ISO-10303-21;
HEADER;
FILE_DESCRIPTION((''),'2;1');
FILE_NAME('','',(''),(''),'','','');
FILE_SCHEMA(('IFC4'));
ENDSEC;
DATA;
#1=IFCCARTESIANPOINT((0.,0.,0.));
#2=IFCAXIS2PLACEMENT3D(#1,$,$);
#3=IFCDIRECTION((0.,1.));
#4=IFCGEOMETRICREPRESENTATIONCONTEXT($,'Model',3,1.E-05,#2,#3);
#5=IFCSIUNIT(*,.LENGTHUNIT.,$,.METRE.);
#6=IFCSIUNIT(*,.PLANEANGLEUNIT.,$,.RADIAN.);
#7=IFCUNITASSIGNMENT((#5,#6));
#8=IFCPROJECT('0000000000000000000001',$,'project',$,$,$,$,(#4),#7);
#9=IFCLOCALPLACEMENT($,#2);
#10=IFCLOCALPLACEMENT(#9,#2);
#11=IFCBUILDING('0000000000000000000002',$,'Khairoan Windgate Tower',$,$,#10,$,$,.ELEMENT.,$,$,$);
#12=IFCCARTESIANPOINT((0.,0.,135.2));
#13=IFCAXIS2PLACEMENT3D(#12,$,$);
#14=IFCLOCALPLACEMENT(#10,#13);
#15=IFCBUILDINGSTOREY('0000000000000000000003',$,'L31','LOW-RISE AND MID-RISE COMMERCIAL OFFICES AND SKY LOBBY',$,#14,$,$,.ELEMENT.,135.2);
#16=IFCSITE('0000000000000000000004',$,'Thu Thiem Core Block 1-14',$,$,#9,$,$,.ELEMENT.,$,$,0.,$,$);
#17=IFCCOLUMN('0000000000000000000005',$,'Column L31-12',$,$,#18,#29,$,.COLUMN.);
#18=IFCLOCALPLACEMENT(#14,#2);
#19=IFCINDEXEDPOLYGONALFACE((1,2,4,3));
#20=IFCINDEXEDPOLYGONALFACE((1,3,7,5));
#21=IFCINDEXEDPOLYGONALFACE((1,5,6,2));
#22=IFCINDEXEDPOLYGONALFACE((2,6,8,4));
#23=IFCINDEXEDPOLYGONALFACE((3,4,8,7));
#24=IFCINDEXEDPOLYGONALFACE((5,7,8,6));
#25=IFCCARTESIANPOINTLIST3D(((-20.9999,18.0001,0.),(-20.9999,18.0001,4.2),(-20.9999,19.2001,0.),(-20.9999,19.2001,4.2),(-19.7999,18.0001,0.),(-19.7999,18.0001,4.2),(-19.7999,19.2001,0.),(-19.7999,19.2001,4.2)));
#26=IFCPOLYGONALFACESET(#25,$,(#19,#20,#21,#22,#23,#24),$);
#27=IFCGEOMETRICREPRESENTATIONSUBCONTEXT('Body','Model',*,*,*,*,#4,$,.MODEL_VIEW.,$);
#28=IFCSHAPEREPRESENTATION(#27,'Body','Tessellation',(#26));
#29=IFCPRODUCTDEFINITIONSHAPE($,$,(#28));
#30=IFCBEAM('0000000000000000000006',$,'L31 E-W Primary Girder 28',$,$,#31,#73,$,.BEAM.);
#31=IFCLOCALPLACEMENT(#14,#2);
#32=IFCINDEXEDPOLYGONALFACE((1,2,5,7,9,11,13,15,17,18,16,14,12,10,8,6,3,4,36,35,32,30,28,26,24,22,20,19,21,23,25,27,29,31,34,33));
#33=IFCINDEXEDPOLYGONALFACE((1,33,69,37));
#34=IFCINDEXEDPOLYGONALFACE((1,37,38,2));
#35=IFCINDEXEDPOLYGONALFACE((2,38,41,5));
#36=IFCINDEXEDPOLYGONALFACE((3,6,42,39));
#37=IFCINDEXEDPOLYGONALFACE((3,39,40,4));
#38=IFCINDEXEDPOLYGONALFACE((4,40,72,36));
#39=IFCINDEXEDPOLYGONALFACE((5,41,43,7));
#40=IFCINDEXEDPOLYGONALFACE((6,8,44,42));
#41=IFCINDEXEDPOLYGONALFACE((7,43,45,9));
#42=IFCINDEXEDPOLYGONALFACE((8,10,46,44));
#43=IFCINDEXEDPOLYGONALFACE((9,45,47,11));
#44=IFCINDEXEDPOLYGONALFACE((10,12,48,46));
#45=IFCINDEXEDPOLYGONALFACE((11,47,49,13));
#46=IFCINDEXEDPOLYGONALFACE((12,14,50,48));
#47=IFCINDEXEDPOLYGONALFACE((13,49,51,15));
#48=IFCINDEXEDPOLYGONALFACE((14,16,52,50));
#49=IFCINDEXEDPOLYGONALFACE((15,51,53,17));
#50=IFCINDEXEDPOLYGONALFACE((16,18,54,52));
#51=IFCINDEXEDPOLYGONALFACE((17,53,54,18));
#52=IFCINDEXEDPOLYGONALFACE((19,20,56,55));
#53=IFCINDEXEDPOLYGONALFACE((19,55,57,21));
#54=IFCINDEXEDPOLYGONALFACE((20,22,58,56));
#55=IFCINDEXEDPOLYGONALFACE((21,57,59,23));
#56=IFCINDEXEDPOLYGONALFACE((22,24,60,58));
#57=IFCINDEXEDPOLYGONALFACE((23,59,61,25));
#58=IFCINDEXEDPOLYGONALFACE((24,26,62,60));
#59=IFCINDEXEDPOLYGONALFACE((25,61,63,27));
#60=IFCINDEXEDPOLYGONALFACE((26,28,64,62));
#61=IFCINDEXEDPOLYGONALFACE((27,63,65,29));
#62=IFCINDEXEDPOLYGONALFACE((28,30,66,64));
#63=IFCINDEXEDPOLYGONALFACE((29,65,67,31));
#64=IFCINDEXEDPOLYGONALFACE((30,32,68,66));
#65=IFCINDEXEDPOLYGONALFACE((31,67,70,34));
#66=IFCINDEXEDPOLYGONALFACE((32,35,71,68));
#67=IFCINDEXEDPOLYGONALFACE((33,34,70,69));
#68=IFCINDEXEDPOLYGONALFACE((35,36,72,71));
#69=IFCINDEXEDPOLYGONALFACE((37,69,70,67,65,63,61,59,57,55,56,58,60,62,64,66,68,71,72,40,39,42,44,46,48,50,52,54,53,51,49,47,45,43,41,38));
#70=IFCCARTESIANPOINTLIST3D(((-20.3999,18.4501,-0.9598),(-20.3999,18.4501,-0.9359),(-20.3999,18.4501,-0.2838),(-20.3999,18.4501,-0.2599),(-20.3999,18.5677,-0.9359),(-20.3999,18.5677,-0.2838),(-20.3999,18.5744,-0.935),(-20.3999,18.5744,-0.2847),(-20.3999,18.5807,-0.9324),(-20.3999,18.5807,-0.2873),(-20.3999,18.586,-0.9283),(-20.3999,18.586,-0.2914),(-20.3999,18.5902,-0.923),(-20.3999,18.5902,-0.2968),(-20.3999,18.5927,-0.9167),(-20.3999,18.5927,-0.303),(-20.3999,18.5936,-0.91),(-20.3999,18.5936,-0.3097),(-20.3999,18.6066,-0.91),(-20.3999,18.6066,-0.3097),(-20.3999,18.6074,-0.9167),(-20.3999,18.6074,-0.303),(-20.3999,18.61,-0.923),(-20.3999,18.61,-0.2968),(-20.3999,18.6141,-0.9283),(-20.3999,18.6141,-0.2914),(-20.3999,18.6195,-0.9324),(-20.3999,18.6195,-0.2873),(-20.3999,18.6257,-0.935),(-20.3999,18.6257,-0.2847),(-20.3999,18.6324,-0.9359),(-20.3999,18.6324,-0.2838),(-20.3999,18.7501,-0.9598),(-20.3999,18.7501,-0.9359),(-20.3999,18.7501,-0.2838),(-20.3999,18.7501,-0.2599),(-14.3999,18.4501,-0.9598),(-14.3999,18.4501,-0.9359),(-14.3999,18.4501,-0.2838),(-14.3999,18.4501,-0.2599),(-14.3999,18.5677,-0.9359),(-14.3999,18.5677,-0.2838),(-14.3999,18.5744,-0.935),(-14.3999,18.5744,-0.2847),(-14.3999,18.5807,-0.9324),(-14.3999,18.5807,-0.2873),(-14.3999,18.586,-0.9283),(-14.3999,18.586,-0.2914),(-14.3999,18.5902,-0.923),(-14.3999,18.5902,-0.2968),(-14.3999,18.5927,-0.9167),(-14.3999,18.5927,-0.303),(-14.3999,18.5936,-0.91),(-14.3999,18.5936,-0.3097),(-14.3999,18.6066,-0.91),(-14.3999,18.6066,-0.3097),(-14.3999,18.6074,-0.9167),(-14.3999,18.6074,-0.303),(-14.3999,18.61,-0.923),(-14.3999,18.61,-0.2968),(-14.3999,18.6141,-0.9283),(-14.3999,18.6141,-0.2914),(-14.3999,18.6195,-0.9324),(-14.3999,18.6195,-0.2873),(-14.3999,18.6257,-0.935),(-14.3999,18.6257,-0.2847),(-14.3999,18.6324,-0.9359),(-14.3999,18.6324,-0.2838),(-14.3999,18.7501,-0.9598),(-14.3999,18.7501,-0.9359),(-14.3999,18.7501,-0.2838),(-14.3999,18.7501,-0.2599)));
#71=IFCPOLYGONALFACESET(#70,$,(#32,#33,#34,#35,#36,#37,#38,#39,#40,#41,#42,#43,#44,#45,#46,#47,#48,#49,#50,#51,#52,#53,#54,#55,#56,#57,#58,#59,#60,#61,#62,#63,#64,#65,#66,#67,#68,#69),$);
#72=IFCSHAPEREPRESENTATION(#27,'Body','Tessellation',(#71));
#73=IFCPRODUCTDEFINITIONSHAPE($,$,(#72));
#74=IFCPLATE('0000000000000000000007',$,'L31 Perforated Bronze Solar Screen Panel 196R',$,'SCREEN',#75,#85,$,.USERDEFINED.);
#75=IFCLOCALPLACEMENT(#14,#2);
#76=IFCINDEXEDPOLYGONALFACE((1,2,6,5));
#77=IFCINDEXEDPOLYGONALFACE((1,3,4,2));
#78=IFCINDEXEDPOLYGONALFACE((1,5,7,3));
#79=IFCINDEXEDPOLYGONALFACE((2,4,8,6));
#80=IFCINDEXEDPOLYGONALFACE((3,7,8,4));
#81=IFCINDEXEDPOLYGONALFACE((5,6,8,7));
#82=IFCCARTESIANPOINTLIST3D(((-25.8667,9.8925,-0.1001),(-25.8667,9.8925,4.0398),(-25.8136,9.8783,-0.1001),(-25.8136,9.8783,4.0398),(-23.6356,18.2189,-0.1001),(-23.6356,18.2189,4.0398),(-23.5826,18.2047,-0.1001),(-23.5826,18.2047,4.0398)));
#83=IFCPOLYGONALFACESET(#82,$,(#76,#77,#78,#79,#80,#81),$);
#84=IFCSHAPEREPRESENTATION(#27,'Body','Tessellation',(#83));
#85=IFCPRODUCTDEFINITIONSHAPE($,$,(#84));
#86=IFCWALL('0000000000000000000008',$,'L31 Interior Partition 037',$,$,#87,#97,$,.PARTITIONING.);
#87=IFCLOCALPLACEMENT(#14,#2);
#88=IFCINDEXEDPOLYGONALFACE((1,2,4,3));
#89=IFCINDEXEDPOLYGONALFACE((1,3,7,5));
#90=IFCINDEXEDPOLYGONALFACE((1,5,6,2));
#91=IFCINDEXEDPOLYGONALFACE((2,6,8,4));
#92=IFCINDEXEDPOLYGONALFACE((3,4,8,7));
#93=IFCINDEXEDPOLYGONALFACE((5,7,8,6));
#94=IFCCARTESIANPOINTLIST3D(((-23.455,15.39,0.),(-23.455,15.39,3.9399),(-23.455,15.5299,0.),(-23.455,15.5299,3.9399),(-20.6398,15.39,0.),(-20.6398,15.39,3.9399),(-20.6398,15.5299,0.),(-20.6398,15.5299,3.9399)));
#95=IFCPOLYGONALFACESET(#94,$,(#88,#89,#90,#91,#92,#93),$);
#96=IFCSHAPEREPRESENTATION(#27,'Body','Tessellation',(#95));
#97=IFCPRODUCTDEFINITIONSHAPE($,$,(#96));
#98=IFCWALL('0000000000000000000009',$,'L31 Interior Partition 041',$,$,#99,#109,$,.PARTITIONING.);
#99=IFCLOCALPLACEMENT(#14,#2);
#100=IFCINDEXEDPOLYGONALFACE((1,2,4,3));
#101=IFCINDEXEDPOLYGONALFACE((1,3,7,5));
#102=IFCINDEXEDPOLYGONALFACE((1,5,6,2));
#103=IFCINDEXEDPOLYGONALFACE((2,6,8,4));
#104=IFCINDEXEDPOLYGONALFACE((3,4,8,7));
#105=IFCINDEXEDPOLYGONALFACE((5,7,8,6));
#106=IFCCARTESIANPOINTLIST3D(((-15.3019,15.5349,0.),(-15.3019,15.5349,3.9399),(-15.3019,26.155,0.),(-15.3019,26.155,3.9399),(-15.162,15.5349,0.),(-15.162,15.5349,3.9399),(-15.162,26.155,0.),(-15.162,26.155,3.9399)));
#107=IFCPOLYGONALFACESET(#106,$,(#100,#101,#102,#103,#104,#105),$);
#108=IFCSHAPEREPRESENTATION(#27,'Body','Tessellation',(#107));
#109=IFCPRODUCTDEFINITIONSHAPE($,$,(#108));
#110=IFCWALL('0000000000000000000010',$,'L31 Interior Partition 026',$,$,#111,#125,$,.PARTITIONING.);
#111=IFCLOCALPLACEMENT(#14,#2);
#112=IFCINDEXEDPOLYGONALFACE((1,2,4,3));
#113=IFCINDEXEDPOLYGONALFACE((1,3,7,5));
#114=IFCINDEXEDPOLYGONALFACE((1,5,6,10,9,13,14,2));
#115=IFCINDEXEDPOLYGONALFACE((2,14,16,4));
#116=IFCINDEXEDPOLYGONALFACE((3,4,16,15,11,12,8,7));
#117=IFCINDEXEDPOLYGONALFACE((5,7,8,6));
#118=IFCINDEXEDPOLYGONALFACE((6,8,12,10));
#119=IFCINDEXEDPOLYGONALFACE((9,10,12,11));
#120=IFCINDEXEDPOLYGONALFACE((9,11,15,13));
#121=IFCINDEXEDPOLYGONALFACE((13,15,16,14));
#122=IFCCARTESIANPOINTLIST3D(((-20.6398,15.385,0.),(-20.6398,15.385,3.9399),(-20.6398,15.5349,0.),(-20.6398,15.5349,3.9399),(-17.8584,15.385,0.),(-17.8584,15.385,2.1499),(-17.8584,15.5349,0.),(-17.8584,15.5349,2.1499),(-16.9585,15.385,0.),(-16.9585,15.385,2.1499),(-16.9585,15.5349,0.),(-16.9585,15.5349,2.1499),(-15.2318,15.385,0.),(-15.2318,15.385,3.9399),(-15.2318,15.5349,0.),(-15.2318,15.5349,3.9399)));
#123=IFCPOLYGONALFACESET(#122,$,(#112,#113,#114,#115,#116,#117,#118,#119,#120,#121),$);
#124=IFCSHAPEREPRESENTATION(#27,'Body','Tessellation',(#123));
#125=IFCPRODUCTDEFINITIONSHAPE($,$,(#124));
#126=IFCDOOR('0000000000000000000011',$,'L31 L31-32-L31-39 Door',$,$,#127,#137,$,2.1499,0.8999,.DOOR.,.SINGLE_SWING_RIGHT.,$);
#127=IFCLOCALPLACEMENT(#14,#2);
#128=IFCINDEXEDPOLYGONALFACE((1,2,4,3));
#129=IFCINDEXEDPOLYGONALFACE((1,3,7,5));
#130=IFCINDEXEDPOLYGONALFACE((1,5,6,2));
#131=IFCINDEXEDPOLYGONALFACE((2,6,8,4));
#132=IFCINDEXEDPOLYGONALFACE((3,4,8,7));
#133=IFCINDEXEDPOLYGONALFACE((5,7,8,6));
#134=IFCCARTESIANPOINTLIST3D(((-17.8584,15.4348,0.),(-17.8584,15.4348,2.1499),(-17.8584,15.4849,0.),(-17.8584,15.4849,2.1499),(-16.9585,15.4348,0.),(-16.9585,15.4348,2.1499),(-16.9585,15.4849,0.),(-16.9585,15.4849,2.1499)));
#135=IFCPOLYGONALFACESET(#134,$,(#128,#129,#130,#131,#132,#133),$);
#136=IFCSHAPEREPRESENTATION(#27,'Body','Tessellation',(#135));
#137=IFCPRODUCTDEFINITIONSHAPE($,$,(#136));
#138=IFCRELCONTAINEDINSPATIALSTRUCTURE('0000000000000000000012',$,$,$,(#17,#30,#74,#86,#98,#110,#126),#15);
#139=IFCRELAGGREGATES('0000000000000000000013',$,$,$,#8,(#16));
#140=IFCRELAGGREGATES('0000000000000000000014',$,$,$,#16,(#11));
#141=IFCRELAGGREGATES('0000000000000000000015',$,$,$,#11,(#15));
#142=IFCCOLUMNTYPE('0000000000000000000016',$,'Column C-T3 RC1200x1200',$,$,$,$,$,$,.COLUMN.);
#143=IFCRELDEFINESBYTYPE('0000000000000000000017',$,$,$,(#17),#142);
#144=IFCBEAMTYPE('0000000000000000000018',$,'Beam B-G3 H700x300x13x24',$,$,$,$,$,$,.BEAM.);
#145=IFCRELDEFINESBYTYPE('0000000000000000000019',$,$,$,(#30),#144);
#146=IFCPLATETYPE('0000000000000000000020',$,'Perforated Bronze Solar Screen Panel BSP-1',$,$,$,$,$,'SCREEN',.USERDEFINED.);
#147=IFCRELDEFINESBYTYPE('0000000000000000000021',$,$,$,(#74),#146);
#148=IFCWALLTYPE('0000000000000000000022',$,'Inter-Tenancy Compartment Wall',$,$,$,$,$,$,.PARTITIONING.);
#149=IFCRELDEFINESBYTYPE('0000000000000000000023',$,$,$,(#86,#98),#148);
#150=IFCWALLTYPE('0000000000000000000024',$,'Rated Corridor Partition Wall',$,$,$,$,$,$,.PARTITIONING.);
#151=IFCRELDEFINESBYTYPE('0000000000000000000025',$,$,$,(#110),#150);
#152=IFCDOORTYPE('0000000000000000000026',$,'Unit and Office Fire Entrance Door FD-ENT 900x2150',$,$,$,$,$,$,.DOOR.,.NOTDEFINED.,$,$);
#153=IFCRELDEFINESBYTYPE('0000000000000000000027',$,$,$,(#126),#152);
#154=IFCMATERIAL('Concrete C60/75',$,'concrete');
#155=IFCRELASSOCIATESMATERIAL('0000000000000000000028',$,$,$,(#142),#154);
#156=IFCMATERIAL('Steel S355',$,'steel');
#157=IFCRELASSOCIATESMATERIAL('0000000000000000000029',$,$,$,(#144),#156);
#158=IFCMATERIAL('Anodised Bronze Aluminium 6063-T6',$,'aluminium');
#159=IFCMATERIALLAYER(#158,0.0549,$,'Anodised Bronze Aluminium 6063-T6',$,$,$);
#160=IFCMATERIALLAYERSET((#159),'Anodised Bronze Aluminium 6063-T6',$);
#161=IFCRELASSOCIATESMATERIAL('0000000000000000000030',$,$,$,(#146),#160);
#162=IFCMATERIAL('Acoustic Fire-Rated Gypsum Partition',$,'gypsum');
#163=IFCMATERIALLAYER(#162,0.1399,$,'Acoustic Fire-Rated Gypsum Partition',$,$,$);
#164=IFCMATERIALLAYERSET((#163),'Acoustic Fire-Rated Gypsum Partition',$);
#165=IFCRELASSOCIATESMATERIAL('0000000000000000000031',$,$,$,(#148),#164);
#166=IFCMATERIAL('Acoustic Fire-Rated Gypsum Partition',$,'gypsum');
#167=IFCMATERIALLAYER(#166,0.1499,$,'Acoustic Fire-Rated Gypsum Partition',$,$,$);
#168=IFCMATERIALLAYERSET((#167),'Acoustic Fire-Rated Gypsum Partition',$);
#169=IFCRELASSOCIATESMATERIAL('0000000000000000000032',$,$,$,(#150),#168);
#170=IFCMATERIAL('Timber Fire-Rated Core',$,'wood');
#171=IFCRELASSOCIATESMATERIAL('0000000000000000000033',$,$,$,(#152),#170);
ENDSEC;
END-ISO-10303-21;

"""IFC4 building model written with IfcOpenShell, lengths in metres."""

from ifc_helpers import new_model, si_unit, direction, frame, frame_2d, origin, origin_2d, place, context, subcontext, project, spatial, rectangle, i_section, extrude, material, layer, layer_set, material_profile, profile_set, type_object, element, fill, save


model = new_model("IFC4")

# Units and contexts
model_context = context("Model", 3, precision=1e-05, world=origin(), true_north=direction((0.0, 1.0)))
body_context = subcontext(model_context, "Body", "Model", "MODEL_VIEW")
ifc_project = project(units=[si_unit("LENGTHUNIT", "METRE"), si_unit("PLANEANGLEUNIT", "RADIAN")], contexts=[model_context])

# Site, building, storey
site_placement = place(None, origin())
site = spatial("IfcSite", under=ifc_project, at=site_placement, Name="Thu Thiem Core Block 1-14", CompositionType="ELEMENT", RefElevation=0.0)
building_placement = place(site_placement, origin())
building = spatial("IfcBuilding", under=site, at=building_placement, Name="Khairoan Windgate Tower", CompositionType="ELEMENT")
storey_placement = place(building_placement, frame((0.0, 0.0, 135.2)))
storey = spatial("IfcBuildingStorey", under=building, at=storey_placement, Name="L31", Description="LOW-RISE AND MID-RISE COMMERCIAL OFFICES AND SKY LOBBY", CompositionType="ELEMENT", Elevation=135.2)

# Column
ifc_material_1 = material(Name="Concrete C60/75", Category="concrete")
ifc_material_profile_1 = material_profile(ifc_material_1, rectangle(XDim=1.2, YDim=1.2, at=origin_2d()))
ifc_profile_set_1 = profile_set([ifc_material_profile_1], Name="Concrete C60/75")
column_type = type_object("IfcColumnType", Name="Column C-T3 RC1200x1200", PredefinedType="COLUMN", material=ifc_profile_set_1)
column_placement = place(storey_placement, frame((-20.3999, 18.6001, 0.0), z_axis=(0.0, 0.0, 1.0), x_axis=(1.0, 0.0, 0.0)))
element("IfcColumn", 1, at=column_placement, inside=storey, type_object=column_type, Name="Column L31-12", PredefinedType="COLUMN", context=body_context, shape_type="SweptSolid", body=[
    extrude(rectangle(XDim=1.2, YDim=1.2, at=origin_2d()), origin(), (0.0, 0.0, 1.0), 4.2),
])

# Beam
ifc_material_2 = material(Name="Steel S355", Category="steel")
ifc_material_profile_2 = material_profile(ifc_material_2, i_section(OverallWidth=0.3, OverallDepth=0.7, WebThickness=0.0129, FlangeThickness=0.0239, FilletRadius=0.0259, at=origin_2d()))
ifc_profile_set_2 = profile_set([ifc_material_profile_2], Name="Steel S355")
beam_type = type_object("IfcBeamType", Name="Beam B-G3 H700x300x13x24", PredefinedType="BEAM", material=ifc_profile_set_2)
beam_placement = place(storey_placement, frame((-20.3999, 18.6001, -0.6099), z_axis=(1.0, 0.0, 0.0), x_axis=(0.0, 1.0, 0.0)))
element("IfcBeam", 2, at=beam_placement, inside=storey, type_object=beam_type, Name="L31 E-W Primary Girder 28", PredefinedType="BEAM", context=body_context, shape_type="SweptSolid", body=[
    extrude(i_section(OverallWidth=0.3, OverallDepth=0.7, WebThickness=0.0129, FlangeThickness=0.0239, FilletRadius=0.0259, at=origin_2d()), origin(), (0.0, 0.0, 1.0), 6.0),
])

# Plate
ifc_material_3 = material(Name="Anodised Bronze Aluminium 6063-T6", Category="aluminium")
ifc_layer_1 = layer(ifc_material_3, 0.0549, Name="Anodised Bronze Aluminium 6063-T6")
ifc_layer_set_1 = layer_set([ifc_layer_1], Name="Anodised Bronze Aluminium 6063-T6")
plate_type = type_object("IfcPlateType", Name="Perforated Bronze Solar Screen Panel BSP-1", ElementType="SCREEN", PredefinedType="USERDEFINED", material=ifc_layer_set_1)
plate_placement = place(storey_placement, frame((-24.7246, 14.0486, -0.1001), z_axis=(0.0, 0.0, 1.0), x_axis=(0.258819, 0.965926, 0.0)))
element("IfcPlate", 3, at=plate_placement, inside=storey, type_object=plate_type, Name="L31 Perforated Bronze Solar Screen Panel 196R", ObjectType="SCREEN", PredefinedType="USERDEFINED", context=body_context, shape_type="SweptSolid", body=[
    extrude(rectangle(XDim=8.6201, YDim=0.0549, at=origin_2d()), origin(), (0.0, 0.0, 1.0), 4.1399),
])

# Walls
ifc_material_4 = material(Name="Acoustic Fire-Rated Gypsum Partition", Category="gypsum")
ifc_layer_2 = layer(ifc_material_4, 0.1399, Name="Acoustic Fire-Rated Gypsum Partition")
ifc_layer_set_2 = layer_set([ifc_layer_2], Name="Acoustic Fire-Rated Gypsum Partition")
wall_type_1 = type_object("IfcWallType", Name="Inter-Tenancy Compartment Wall", PredefinedType="PARTITIONING", material=ifc_layer_set_2)
wall_1_placement = place(storey_placement, frame((-23.4551, 15.46, 0.0), z_axis=(0.0, 0.0, 1.0), x_axis=(1.0, 0.0, 0.0)))
element("IfcWall", 4, at=wall_1_placement, inside=storey, type_object=wall_type_1, Name="L31 Interior Partition 037", PredefinedType="PARTITIONING", context=body_context, shape_type="SweptSolid", body=[
    extrude(rectangle(XDim=2.8152, YDim=0.1399, at=frame_2d((1.4077, 0.0))), origin(), (0.0, 0.0, 1.0), 3.9399),
])
wall_2_placement = place(storey_placement, frame((-15.2319, 15.5349, 0.0), z_axis=(0.0, 0.0, 1.0), x_axis=(0.0, 1.0, 0.0)))
element("IfcWall", 5, at=wall_2_placement, inside=storey, type_object=wall_type_1, Name="L31 Interior Partition 041", PredefinedType="PARTITIONING", context=body_context, shape_type="SweptSolid", body=[
    extrude(rectangle(XDim=10.6201, YDim=0.1399, at=frame_2d((5.3101, 0.0))), origin(), (0.0, 0.0, 1.0), 3.9399),
])

# Wall, opening, door
ifc_material_5 = material(Name="Acoustic Fire-Rated Gypsum Partition", Category="gypsum")
ifc_layer_3 = layer(ifc_material_5, 0.1499, Name="Acoustic Fire-Rated Gypsum Partition")
ifc_layer_set_3 = layer_set([ifc_layer_3], Name="Acoustic Fire-Rated Gypsum Partition")
wall_type_2 = type_object("IfcWallType", Name="Rated Corridor Partition Wall", PredefinedType="PARTITIONING", material=ifc_layer_set_3)
ifc_material_6 = material(Name="Timber Fire-Rated Core", Category="wood")
door_type = type_object("IfcDoorType", Name="Unit and Office Fire Entrance Door FD-ENT 900x2150", OperationType="NOTDEFINED", PredefinedType="DOOR", material=ifc_material_6)
wall_3_placement = place(storey_placement, frame((-20.6399, 15.46, 0.0), z_axis=(0.0, 0.0, 1.0), x_axis=(1.0, 0.0, 0.0)))
wall_3 = element("IfcWall", 6, at=wall_3_placement, inside=storey, type_object=wall_type_2, Name="L31 Interior Partition 026", PredefinedType="PARTITIONING", context=body_context, shape_type="SweptSolid", body=[
    extrude(rectangle(XDim=5.408, YDim=0.1499, at=frame_2d((2.7041, 0.0))), origin(), (0.0, 0.0, 1.0), 3.9399),
])
opening_1_placement = place(wall_3_placement, frame((2.7815, 0.0, 0.0)))
opening_1 = element("IfcOpeningElement", 7, at=opening_1_placement, cuts=wall_3, PredefinedType="OPENING", context=body_context, shape_type="SweptSolid", body=[
    extrude(rectangle(XDim=0.8999, YDim=2.1499, at=frame_2d((0.45, 1.075))), frame((0.0, 0.085, 0.0), z_axis=(0.0, -1.0, 0.0), x_axis=(1.0, 0.0, 0.0)), (0.0, 0.0, 1.0), 0.1699),
])
door_1_placement = place(opening_1_placement, origin())
door_1 = element("IfcDoor", 8, at=door_1_placement, inside=storey, type_object=door_type, Name="L31 L31-32-L31-39 Door", OperationType="SINGLE_SWING_RIGHT", OverallHeight=2.1499, OverallWidth=0.8999, PredefinedType="DOOR", context=body_context, shape_type="SweptSolid", body=[
    extrude(rectangle(XDim=0.8999, YDim=2.1499, at=frame_2d((0.45, 1.075))), frame((0.0, 0.0249, 0.0), z_axis=(0.0, -1.0, 0.0), x_axis=(1.0, 0.0, 0.0)), (0.0, 0.0, 1.0), 0.05),
])
fill(opening_1, door_1)

save(model, "model.ifc")
